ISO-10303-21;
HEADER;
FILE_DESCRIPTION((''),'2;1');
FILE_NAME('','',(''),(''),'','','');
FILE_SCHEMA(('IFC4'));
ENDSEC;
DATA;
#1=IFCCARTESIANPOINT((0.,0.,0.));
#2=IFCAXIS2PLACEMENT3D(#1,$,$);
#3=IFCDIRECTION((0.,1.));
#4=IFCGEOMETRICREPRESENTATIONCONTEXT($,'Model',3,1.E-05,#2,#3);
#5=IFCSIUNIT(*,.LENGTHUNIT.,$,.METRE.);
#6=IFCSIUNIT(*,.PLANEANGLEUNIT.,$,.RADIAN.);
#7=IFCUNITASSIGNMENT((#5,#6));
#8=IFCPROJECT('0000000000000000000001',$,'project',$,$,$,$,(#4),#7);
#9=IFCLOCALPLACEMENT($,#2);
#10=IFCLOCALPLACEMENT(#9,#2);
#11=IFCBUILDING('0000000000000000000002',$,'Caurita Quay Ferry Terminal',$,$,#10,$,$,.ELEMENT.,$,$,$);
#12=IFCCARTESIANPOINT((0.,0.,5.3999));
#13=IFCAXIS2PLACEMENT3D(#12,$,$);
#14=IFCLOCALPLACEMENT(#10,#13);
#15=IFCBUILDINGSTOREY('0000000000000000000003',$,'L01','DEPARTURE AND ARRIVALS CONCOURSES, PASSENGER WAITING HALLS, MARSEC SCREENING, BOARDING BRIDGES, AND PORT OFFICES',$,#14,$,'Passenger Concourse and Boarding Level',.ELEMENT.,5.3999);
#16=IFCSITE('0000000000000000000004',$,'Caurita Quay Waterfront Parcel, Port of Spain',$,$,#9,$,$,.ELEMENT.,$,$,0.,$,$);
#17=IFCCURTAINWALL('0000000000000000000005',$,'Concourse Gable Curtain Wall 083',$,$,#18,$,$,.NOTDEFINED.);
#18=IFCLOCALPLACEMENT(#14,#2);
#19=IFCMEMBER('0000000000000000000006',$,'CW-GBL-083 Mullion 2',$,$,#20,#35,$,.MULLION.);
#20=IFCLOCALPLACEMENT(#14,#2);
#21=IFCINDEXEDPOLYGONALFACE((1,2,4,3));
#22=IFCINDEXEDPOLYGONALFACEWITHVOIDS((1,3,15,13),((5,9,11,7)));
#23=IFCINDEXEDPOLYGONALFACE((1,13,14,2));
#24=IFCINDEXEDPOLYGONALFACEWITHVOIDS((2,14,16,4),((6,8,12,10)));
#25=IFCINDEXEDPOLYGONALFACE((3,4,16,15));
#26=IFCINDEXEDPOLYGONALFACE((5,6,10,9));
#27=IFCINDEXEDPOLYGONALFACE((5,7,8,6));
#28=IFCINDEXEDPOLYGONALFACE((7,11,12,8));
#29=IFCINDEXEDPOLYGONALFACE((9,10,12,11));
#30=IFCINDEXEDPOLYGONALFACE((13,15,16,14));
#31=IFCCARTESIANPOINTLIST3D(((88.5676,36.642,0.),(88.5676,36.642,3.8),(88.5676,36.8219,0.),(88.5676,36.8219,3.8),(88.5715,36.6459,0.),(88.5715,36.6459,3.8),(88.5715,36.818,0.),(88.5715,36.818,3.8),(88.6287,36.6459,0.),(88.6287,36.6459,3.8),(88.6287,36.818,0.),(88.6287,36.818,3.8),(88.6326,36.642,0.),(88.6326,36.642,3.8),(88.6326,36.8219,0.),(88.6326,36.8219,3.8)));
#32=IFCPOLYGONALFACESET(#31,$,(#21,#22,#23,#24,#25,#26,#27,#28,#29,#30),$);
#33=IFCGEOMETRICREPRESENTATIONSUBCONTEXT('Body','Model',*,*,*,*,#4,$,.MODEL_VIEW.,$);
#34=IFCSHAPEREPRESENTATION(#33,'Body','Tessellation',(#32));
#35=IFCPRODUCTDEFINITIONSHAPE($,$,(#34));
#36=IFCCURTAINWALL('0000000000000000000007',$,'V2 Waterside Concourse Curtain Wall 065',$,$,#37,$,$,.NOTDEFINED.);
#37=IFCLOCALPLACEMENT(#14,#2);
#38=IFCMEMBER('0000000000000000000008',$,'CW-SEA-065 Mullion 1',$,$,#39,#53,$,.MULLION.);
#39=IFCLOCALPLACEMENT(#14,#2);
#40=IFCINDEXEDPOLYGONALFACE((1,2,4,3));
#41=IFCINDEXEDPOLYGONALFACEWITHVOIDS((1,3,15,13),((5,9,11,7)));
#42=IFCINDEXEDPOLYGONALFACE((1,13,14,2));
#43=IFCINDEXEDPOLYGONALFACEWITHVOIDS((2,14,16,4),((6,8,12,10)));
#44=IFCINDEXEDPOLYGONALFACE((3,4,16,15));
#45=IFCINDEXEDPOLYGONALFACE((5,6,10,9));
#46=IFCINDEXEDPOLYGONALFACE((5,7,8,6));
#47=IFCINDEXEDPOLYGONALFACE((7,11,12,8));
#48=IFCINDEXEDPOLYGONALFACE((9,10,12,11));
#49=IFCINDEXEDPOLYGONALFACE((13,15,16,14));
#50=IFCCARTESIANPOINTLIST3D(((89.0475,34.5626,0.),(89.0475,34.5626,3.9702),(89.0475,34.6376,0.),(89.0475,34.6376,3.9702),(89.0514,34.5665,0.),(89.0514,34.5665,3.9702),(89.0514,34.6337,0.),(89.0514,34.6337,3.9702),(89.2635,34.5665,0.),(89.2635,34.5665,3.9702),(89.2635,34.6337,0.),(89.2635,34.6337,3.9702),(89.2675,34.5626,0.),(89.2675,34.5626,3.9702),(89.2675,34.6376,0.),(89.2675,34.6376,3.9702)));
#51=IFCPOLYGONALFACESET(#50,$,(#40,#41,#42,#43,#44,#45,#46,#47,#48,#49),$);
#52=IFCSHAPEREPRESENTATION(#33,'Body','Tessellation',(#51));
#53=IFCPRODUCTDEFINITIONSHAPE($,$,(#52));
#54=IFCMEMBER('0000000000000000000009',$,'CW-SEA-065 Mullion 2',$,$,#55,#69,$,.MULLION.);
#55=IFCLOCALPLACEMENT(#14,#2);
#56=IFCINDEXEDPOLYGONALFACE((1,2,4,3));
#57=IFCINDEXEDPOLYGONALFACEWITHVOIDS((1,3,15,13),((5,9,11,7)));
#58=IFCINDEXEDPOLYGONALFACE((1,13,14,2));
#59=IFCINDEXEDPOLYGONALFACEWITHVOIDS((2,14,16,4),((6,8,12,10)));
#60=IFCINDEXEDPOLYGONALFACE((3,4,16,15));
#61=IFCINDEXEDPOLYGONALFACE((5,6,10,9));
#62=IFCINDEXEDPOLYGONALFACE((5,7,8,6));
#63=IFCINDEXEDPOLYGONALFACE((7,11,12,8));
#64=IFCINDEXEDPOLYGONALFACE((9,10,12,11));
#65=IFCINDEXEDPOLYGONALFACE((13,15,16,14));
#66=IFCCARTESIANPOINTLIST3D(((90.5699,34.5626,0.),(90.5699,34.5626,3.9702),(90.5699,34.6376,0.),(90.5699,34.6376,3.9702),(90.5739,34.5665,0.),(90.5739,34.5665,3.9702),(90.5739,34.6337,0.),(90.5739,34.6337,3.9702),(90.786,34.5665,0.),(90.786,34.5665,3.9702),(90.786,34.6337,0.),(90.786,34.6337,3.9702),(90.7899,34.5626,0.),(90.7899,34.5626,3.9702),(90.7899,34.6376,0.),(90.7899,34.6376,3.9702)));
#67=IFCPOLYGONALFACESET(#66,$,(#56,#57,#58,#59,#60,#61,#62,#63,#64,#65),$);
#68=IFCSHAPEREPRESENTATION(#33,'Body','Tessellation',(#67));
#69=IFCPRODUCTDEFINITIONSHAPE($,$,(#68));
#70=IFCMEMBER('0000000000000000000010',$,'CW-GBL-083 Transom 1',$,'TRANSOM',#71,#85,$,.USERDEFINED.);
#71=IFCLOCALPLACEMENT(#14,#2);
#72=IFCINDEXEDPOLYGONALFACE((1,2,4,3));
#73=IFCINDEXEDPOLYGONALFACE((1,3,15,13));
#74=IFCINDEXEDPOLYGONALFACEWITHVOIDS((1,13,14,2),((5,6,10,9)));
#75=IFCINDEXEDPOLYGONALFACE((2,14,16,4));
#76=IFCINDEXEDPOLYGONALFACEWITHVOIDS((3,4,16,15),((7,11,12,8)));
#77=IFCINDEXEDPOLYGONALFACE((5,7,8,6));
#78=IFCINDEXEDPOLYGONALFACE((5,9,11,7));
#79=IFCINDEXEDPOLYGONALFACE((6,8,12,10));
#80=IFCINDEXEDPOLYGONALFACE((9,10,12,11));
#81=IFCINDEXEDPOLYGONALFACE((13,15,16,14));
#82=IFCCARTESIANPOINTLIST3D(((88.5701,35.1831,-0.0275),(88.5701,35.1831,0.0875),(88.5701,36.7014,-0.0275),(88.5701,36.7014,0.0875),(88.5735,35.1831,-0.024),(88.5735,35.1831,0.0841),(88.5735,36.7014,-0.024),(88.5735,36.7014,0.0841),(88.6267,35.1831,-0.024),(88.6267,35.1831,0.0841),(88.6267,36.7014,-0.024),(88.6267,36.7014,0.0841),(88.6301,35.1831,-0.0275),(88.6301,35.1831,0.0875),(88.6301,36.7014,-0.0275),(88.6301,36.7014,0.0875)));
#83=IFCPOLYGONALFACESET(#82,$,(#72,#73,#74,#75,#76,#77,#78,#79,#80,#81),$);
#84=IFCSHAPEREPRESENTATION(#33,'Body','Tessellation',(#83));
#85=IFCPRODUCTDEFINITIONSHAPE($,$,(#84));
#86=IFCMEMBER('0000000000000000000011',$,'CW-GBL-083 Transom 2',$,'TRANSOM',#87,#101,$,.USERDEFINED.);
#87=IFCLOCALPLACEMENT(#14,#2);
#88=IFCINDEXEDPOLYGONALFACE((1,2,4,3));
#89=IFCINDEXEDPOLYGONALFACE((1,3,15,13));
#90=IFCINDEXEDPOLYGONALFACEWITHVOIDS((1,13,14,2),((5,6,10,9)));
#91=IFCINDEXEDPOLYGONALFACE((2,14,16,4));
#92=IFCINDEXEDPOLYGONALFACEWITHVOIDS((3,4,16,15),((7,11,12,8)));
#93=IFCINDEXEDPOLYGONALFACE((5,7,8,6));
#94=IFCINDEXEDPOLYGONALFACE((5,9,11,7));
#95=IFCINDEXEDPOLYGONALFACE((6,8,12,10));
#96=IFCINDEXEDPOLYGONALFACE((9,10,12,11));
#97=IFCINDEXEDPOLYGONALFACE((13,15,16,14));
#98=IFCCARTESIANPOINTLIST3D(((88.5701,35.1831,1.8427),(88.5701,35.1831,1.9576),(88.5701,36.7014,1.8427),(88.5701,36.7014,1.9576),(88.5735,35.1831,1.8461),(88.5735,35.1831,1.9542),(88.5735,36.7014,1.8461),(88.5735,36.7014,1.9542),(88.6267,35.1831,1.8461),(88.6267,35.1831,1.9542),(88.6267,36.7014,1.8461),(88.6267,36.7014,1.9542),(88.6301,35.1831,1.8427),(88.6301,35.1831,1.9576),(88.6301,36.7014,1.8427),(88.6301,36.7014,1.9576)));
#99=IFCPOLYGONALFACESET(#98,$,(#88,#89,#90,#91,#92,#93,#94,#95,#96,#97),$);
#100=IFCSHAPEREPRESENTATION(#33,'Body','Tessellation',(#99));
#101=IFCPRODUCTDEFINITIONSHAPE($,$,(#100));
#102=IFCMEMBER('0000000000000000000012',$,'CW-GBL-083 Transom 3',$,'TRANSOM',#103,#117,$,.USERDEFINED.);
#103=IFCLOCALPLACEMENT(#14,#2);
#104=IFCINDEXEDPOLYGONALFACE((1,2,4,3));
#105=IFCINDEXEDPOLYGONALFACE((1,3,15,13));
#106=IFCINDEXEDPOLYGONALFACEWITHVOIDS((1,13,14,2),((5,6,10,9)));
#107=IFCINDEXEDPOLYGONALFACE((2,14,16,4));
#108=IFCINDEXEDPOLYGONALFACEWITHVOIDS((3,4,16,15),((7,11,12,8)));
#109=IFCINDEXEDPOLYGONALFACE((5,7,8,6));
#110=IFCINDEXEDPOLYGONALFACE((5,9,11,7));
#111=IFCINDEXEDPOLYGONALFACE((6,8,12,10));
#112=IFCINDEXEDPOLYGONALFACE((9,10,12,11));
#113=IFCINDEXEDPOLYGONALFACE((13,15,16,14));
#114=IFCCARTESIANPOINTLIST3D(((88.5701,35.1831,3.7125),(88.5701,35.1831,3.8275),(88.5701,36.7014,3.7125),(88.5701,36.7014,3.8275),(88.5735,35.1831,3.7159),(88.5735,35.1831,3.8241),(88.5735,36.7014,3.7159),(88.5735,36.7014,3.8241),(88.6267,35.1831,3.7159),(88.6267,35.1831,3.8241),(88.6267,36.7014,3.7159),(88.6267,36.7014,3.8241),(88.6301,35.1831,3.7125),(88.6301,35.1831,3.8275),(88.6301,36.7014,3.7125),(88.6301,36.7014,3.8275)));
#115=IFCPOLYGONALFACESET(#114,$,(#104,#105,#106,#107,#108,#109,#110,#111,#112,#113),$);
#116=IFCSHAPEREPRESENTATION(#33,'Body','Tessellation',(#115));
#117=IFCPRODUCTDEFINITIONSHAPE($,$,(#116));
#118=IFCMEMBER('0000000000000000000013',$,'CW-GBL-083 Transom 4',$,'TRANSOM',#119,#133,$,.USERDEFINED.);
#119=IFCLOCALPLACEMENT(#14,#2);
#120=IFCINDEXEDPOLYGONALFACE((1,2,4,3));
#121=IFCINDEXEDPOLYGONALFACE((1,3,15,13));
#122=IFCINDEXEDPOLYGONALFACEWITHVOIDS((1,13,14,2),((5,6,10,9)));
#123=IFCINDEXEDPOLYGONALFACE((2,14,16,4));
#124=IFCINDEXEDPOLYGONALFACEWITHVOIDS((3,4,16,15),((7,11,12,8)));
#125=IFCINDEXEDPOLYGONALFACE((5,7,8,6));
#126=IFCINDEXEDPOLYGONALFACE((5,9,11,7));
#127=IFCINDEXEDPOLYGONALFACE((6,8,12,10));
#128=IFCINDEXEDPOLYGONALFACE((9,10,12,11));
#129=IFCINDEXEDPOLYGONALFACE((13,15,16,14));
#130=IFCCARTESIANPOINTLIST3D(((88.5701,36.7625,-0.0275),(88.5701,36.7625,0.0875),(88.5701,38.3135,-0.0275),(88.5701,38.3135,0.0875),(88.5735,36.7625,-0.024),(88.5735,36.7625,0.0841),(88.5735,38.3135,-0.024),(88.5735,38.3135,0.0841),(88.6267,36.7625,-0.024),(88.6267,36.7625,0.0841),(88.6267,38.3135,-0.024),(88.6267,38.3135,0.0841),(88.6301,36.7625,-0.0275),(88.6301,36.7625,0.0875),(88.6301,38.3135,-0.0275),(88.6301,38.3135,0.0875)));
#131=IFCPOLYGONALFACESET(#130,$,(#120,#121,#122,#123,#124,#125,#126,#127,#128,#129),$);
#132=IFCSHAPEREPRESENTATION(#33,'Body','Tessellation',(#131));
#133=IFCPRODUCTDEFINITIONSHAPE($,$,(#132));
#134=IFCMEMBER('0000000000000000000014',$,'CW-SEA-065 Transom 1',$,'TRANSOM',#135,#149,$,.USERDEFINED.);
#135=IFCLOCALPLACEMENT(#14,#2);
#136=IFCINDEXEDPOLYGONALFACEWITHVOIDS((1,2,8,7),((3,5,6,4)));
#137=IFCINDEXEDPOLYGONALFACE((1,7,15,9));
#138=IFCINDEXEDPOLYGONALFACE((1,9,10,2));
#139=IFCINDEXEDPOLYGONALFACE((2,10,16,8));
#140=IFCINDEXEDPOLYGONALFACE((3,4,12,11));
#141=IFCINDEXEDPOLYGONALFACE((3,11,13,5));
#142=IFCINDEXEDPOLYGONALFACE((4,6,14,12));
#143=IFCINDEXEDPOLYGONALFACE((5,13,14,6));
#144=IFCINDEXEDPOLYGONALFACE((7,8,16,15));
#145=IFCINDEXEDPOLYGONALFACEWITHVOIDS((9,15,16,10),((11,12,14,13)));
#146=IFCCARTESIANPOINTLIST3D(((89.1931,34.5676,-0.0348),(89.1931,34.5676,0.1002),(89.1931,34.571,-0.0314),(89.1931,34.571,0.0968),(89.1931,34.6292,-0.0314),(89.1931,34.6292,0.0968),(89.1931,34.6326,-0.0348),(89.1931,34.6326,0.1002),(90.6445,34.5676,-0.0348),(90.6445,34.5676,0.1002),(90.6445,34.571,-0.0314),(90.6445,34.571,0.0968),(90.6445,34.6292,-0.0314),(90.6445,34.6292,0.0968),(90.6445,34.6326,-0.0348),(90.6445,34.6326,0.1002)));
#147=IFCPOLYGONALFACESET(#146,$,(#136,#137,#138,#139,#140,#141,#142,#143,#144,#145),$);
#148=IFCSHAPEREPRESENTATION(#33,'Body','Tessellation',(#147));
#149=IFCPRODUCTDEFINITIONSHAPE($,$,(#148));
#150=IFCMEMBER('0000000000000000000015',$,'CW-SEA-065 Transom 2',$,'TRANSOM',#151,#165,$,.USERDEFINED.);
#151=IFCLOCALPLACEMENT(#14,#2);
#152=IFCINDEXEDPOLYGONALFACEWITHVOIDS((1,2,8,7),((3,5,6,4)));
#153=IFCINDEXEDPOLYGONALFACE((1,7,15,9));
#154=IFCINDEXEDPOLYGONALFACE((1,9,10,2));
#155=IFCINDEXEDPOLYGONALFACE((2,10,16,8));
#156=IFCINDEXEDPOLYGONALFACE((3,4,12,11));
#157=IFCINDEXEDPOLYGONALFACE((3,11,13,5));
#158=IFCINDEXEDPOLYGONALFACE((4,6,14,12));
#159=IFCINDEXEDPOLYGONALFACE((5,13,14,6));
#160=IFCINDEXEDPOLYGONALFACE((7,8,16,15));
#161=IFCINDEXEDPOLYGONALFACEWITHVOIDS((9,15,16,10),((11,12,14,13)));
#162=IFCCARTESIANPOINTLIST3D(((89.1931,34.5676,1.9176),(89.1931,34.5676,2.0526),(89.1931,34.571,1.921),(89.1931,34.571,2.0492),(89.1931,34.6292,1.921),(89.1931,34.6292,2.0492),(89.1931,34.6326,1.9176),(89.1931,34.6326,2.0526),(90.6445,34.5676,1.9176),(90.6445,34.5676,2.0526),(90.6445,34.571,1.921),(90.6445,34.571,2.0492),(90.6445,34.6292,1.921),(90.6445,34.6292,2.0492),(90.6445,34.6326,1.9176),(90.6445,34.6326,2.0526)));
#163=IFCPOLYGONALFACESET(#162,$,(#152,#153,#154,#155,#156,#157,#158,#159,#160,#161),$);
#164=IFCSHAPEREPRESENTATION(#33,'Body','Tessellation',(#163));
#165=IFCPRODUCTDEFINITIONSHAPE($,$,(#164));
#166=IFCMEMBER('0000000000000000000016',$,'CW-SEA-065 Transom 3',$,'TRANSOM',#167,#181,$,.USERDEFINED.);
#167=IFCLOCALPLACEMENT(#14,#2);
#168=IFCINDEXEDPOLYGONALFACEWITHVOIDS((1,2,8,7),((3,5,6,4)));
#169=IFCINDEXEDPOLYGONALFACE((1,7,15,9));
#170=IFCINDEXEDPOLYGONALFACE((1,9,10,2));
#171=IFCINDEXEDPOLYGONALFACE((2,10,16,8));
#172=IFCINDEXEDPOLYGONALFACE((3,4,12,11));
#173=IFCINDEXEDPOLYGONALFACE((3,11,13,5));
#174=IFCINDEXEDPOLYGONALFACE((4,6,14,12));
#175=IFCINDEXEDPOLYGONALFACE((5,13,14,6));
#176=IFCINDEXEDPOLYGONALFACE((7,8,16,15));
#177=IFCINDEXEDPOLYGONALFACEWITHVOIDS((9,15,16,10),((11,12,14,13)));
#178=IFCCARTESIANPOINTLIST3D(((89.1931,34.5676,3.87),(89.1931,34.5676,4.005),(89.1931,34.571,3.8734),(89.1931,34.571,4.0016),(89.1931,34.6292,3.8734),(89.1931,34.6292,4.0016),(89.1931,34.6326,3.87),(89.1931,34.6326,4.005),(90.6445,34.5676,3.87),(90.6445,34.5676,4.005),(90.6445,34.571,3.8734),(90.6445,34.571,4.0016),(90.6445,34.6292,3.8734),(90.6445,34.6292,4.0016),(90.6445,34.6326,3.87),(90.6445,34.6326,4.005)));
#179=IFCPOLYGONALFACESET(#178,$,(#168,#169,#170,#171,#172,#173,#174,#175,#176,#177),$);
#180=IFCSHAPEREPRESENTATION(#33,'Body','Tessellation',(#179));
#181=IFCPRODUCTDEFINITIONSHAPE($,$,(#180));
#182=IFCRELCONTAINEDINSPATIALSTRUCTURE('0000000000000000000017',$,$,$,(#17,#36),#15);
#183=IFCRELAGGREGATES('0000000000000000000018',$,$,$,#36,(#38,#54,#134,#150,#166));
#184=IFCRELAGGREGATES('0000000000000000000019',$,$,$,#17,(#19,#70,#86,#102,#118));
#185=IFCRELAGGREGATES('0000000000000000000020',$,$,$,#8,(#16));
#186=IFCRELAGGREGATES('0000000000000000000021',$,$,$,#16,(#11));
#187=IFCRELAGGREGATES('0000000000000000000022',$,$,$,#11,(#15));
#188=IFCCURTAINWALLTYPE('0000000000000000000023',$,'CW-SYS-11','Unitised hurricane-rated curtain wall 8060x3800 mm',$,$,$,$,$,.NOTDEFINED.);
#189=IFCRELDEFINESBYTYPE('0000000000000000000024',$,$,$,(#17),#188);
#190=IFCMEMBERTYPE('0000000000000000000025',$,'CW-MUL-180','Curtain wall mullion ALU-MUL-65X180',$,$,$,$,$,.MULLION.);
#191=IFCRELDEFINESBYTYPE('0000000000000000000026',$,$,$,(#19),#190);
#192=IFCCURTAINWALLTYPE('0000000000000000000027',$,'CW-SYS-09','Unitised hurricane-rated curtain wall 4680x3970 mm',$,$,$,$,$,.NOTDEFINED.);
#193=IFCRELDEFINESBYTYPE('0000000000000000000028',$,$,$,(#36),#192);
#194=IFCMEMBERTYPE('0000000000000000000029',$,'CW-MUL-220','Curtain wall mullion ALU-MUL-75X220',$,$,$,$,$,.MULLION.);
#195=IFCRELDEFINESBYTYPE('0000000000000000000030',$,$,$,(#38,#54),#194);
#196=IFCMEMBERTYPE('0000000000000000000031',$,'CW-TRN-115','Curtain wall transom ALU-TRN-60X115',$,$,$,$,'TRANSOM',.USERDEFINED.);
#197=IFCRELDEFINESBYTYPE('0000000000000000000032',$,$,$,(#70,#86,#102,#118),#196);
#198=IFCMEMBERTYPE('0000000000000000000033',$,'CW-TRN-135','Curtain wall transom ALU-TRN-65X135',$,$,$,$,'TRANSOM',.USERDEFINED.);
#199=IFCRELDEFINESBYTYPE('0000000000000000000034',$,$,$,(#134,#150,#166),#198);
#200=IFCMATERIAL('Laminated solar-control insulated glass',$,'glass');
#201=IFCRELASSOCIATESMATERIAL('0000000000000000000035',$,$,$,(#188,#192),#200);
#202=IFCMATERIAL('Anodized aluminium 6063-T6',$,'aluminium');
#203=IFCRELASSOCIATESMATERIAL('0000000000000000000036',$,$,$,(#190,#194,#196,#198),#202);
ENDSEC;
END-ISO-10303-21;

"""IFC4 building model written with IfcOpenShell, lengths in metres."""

from ifc_helpers import new_model, si_unit, direction, frame, origin, origin_2d, place, context, subcontext, project, spatial, hollow_rectangle, extrude, material, material_profile, profile_set, type_object, element, aggregate, save


model = new_model("IFC4")

# Units and contexts
model_context = context("Model", 3, precision=1e-05, world=origin(), true_north=direction((0.0, 1.0)))
body_context = subcontext(model_context, "Body", "Model", "MODEL_VIEW")
ifc_project = project(units=[si_unit("LENGTHUNIT", "METRE"), si_unit("PLANEANGLEUNIT", "RADIAN")], contexts=[model_context])

# Site, building, storey
site_placement = place(None, origin())
site = spatial("IfcSite", under=ifc_project, at=site_placement, Name="Caurita Quay Waterfront Parcel, Port of Spain", CompositionType="ELEMENT", RefElevation=0.0)
building_placement = place(site_placement, origin())
building = spatial("IfcBuilding", under=site, at=building_placement, Name="Caurita Quay Ferry Terminal", CompositionType="ELEMENT")
storey_placement = place(building_placement, frame((0.0, 0.0, 5.3999)))
storey = spatial("IfcBuildingStorey", under=building, at=storey_placement, Name="L01", Description="DEPARTURE AND ARRIVALS CONCOURSES, PASSENGER WAITING HALLS, MARSEC SCREENING, BOARDING BRIDGES, AND PORT OFFICES", LongName="Passenger Concourse and Boarding Level", CompositionType="ELEMENT", Elevation=5.3999)

# Curtain walls, members
ifc_material_1 = material(Name="Laminated solar-control insulated glass", Category="glass")
curtain_wall_type_1 = type_object("IfcCurtainWallType", Name="CW-SYS-11", Description="Unitised hurricane-rated curtain wall 8060x3800 mm", PredefinedType="NOTDEFINED", material=ifc_material_1)
curtain_wall_1_placement = place(storey_placement, origin())
curtain_wall_1 = element("IfcCurtainWall", 1, at=curtain_wall_1_placement, inside=storey, type_object=curtain_wall_type_1, Name="Concourse Gable Curtain Wall 083", PredefinedType="NOTDEFINED")
ifc_material_2 = material(Name="Anodized aluminium 6063-T6", Category="aluminium")
ifc_material_profile_1 = material_profile(ifc_material_2, hollow_rectangle(XDim=0.0649, YDim=0.1799, WallThickness=0.0039, at=origin_2d()), Name="ALU-MUL-65X180")
ifc_profile_set_1 = profile_set([ifc_material_profile_1], Name="Anodized aluminium 6063-T6")
member_type_1 = type_object("IfcMemberType", Name="CW-MUL-180", Description="Curtain wall mullion ALU-MUL-65X180", PredefinedType="MULLION", material=ifc_profile_set_1)
member_1_placement = place(storey_placement, frame((88.6001, 36.7319, 0.0), z_axis=(0.0, 0.0, 1.0), x_axis=(-1.0, 0.0, 0.0)))
member_1 = element("IfcMember", 2, at=member_1_placement, type_object=member_type_1, Name="CW-GBL-083 Mullion 2", PredefinedType="MULLION", context=body_context, shape_type="SweptSolid", body=[
    extrude(hollow_rectangle(XDim=0.0649, YDim=0.1799, WallThickness=0.0039, at=origin_2d()), origin(), (0.0, 0.0, 1.0), 3.8),
])
curtain_wall_type_2 = type_object("IfcCurtainWallType", Name="CW-SYS-09", Description="Unitised hurricane-rated curtain wall 4680x3970 mm", PredefinedType="NOTDEFINED", material=ifc_material_1)
curtain_wall_2_placement = place(storey_placement, origin())
curtain_wall_2 = element("IfcCurtainWall", 3, at=curtain_wall_2_placement, inside=storey, type_object=curtain_wall_type_2, Name="V2 Waterside Concourse Curtain Wall 065", PredefinedType="NOTDEFINED")
ifc_material_profile_2 = material_profile(ifc_material_2, hollow_rectangle(XDim=0.075, YDim=0.22, WallThickness=0.0039, at=origin_2d()), Name="ALU-MUL-75X220")
ifc_profile_set_2 = profile_set([ifc_material_profile_2], Name="Anodized aluminium 6063-T6")
member_type_2 = type_object("IfcMemberType", Name="CW-MUL-220", Description="Curtain wall mullion ALU-MUL-75X220", PredefinedType="MULLION", material=ifc_profile_set_2)
member_2_placement = place(storey_placement, frame((89.1575, 34.6001, 0.0), z_axis=(0.0, 0.0, 1.0), x_axis=(0.0, 1.0, 0.0)))
member_2 = element("IfcMember", 4, at=member_2_placement, type_object=member_type_2, Name="CW-SEA-065 Mullion 1", PredefinedType="MULLION", context=body_context, shape_type="SweptSolid", body=[
    extrude(hollow_rectangle(XDim=0.075, YDim=0.22, WallThickness=0.0039, at=origin_2d()), origin(), (0.0, 0.0, 1.0), 3.9702),
])
member_3_placement = place(storey_placement, frame((90.6799, 34.6001, 0.0), z_axis=(0.0, 0.0, 1.0), x_axis=(0.0, 1.0, 0.0)))
member_3 = element("IfcMember", 5, at=member_3_placement, type_object=member_type_2, Name="CW-SEA-065 Mullion 2", PredefinedType="MULLION", context=body_context, shape_type="SweptSolid", body=[
    extrude(hollow_rectangle(XDim=0.075, YDim=0.22, WallThickness=0.0039, at=origin_2d()), origin(), (0.0, 0.0, 1.0), 3.9702),
])

# Members
ifc_material_profile_3 = material_profile(ifc_material_2, hollow_rectangle(XDim=0.0601, YDim=0.115, WallThickness=0.0034, at=origin_2d()), Name="ALU-TRN-60X115")
ifc_profile_set_3 = profile_set([ifc_material_profile_3], Name="Anodized aluminium 6063-T6")
member_type_3 = type_object("IfcMemberType", Name="CW-TRN-115", Description="Curtain wall transom ALU-TRN-60X115", ElementType="TRANSOM", PredefinedType="USERDEFINED", material=ifc_profile_set_3)
member_4_placement = place(storey_placement, frame((88.6001, 35.1831, 0.03), z_axis=(0.0, 1.0, 0.0), x_axis=(-1.0, 0.0, 0.0)))
member_4 = element("IfcMember", 6, at=member_4_placement, type_object=member_type_3, Name="CW-GBL-083 Transom 1", ObjectType="TRANSOM", PredefinedType="USERDEFINED", context=body_context, shape_type="SweptSolid", body=[
    extrude(hollow_rectangle(XDim=0.0601, YDim=0.115, WallThickness=0.0034, at=origin_2d()), origin(), (0.0, 0.0, 1.0), 1.5183),
])
member_5_placement = place(storey_placement, frame((88.6001, 35.1831, 1.9001), z_axis=(0.0, 1.0, 0.0), x_axis=(-1.0, 0.0, 0.0)))
member_5 = element("IfcMember", 7, at=member_5_placement, type_object=member_type_3, Name="CW-GBL-083 Transom 2", ObjectType="TRANSOM", PredefinedType="USERDEFINED", context=body_context, shape_type="SweptSolid", body=[
    extrude(hollow_rectangle(XDim=0.0601, YDim=0.115, WallThickness=0.0034, at=origin_2d()), origin(), (0.0, 0.0, 1.0), 1.5183),
])
member_6_placement = place(storey_placement, frame((88.6001, 35.1831, 3.77), z_axis=(0.0, 1.0, 0.0), x_axis=(-1.0, 0.0, 0.0)))
member_6 = element("IfcMember", 8, at=member_6_placement, type_object=member_type_3, Name="CW-GBL-083 Transom 3", ObjectType="TRANSOM", PredefinedType="USERDEFINED", context=body_context, shape_type="SweptSolid", body=[
    extrude(hollow_rectangle(XDim=0.0601, YDim=0.115, WallThickness=0.0034, at=origin_2d()), origin(), (0.0, 0.0, 1.0), 1.5183),
])
member_7_placement = place(storey_placement, frame((88.6001, 36.7625, 0.03), z_axis=(0.0, 1.0, 0.0), x_axis=(-1.0, 0.0, 0.0)))
member_7 = element("IfcMember", 9, at=member_7_placement, type_object=member_type_3, Name="CW-GBL-083 Transom 4", ObjectType="TRANSOM", PredefinedType="USERDEFINED", context=body_context, shape_type="SweptSolid", body=[
    extrude(hollow_rectangle(XDim=0.0601, YDim=0.115, WallThickness=0.0034, at=origin_2d()), origin(), (0.0, 0.0, 1.0), 1.551),
])
ifc_material_profile_4 = material_profile(ifc_material_2, hollow_rectangle(XDim=0.0649, YDim=0.135, WallThickness=0.0034, at=origin_2d()), Name="ALU-TRN-65X135")
ifc_profile_set_4 = profile_set([ifc_material_profile_4], Name="Anodized aluminium 6063-T6")
member_type_4 = type_object("IfcMemberType", Name="CW-TRN-135", Description="Curtain wall transom ALU-TRN-65X135", ElementType="TRANSOM", PredefinedType="USERDEFINED", material=ifc_profile_set_4)
member_8_placement = place(storey_placement, frame((89.1931, 34.6001, 0.0327), z_axis=(1.0, 0.0, 0.0), x_axis=(0.0, 1.0, 0.0)))
member_8 = element("IfcMember", 10, at=member_8_placement, type_object=member_type_4, Name="CW-SEA-065 Transom 1", ObjectType="TRANSOM", PredefinedType="USERDEFINED", context=body_context, shape_type="SweptSolid", body=[
    extrude(hollow_rectangle(XDim=0.0649, YDim=0.135, WallThickness=0.0034, at=origin_2d()), origin(), (0.0, 0.0, 1.0), 1.4514),
])
member_9_placement = place(storey_placement, frame((89.1931, 34.6001, 1.9851), z_axis=(1.0, 0.0, 0.0), x_axis=(0.0, 1.0, 0.0)))
member_9 = element("IfcMember", 11, at=member_9_placement, type_object=member_type_4, Name="CW-SEA-065 Transom 2", ObjectType="TRANSOM", PredefinedType="USERDEFINED", context=body_context, shape_type="SweptSolid", body=[
    extrude(hollow_rectangle(XDim=0.0649, YDim=0.135, WallThickness=0.0034, at=origin_2d()), origin(), (0.0, 0.0, 1.0), 1.4514),
])
member_10_placement = place(storey_placement, frame((89.1931, 34.6001, 3.9375), z_axis=(1.0, 0.0, 0.0), x_axis=(0.0, 1.0, 0.0)))
member_10 = element("IfcMember", 12, at=member_10_placement, type_object=member_type_4, Name="CW-SEA-065 Transom 3", ObjectType="TRANSOM", PredefinedType="USERDEFINED", context=body_context, shape_type="SweptSolid", body=[
    extrude(hollow_rectangle(XDim=0.0649, YDim=0.135, WallThickness=0.0034, at=origin_2d()), origin(), (0.0, 0.0, 1.0), 1.4514),
])

aggregate(curtain_wall_2, [member_2, member_3, member_8, member_9, member_10])
aggregate(curtain_wall_1, [member_1, member_4, member_5, member_6, member_7])

save(model, "model.ifc")
